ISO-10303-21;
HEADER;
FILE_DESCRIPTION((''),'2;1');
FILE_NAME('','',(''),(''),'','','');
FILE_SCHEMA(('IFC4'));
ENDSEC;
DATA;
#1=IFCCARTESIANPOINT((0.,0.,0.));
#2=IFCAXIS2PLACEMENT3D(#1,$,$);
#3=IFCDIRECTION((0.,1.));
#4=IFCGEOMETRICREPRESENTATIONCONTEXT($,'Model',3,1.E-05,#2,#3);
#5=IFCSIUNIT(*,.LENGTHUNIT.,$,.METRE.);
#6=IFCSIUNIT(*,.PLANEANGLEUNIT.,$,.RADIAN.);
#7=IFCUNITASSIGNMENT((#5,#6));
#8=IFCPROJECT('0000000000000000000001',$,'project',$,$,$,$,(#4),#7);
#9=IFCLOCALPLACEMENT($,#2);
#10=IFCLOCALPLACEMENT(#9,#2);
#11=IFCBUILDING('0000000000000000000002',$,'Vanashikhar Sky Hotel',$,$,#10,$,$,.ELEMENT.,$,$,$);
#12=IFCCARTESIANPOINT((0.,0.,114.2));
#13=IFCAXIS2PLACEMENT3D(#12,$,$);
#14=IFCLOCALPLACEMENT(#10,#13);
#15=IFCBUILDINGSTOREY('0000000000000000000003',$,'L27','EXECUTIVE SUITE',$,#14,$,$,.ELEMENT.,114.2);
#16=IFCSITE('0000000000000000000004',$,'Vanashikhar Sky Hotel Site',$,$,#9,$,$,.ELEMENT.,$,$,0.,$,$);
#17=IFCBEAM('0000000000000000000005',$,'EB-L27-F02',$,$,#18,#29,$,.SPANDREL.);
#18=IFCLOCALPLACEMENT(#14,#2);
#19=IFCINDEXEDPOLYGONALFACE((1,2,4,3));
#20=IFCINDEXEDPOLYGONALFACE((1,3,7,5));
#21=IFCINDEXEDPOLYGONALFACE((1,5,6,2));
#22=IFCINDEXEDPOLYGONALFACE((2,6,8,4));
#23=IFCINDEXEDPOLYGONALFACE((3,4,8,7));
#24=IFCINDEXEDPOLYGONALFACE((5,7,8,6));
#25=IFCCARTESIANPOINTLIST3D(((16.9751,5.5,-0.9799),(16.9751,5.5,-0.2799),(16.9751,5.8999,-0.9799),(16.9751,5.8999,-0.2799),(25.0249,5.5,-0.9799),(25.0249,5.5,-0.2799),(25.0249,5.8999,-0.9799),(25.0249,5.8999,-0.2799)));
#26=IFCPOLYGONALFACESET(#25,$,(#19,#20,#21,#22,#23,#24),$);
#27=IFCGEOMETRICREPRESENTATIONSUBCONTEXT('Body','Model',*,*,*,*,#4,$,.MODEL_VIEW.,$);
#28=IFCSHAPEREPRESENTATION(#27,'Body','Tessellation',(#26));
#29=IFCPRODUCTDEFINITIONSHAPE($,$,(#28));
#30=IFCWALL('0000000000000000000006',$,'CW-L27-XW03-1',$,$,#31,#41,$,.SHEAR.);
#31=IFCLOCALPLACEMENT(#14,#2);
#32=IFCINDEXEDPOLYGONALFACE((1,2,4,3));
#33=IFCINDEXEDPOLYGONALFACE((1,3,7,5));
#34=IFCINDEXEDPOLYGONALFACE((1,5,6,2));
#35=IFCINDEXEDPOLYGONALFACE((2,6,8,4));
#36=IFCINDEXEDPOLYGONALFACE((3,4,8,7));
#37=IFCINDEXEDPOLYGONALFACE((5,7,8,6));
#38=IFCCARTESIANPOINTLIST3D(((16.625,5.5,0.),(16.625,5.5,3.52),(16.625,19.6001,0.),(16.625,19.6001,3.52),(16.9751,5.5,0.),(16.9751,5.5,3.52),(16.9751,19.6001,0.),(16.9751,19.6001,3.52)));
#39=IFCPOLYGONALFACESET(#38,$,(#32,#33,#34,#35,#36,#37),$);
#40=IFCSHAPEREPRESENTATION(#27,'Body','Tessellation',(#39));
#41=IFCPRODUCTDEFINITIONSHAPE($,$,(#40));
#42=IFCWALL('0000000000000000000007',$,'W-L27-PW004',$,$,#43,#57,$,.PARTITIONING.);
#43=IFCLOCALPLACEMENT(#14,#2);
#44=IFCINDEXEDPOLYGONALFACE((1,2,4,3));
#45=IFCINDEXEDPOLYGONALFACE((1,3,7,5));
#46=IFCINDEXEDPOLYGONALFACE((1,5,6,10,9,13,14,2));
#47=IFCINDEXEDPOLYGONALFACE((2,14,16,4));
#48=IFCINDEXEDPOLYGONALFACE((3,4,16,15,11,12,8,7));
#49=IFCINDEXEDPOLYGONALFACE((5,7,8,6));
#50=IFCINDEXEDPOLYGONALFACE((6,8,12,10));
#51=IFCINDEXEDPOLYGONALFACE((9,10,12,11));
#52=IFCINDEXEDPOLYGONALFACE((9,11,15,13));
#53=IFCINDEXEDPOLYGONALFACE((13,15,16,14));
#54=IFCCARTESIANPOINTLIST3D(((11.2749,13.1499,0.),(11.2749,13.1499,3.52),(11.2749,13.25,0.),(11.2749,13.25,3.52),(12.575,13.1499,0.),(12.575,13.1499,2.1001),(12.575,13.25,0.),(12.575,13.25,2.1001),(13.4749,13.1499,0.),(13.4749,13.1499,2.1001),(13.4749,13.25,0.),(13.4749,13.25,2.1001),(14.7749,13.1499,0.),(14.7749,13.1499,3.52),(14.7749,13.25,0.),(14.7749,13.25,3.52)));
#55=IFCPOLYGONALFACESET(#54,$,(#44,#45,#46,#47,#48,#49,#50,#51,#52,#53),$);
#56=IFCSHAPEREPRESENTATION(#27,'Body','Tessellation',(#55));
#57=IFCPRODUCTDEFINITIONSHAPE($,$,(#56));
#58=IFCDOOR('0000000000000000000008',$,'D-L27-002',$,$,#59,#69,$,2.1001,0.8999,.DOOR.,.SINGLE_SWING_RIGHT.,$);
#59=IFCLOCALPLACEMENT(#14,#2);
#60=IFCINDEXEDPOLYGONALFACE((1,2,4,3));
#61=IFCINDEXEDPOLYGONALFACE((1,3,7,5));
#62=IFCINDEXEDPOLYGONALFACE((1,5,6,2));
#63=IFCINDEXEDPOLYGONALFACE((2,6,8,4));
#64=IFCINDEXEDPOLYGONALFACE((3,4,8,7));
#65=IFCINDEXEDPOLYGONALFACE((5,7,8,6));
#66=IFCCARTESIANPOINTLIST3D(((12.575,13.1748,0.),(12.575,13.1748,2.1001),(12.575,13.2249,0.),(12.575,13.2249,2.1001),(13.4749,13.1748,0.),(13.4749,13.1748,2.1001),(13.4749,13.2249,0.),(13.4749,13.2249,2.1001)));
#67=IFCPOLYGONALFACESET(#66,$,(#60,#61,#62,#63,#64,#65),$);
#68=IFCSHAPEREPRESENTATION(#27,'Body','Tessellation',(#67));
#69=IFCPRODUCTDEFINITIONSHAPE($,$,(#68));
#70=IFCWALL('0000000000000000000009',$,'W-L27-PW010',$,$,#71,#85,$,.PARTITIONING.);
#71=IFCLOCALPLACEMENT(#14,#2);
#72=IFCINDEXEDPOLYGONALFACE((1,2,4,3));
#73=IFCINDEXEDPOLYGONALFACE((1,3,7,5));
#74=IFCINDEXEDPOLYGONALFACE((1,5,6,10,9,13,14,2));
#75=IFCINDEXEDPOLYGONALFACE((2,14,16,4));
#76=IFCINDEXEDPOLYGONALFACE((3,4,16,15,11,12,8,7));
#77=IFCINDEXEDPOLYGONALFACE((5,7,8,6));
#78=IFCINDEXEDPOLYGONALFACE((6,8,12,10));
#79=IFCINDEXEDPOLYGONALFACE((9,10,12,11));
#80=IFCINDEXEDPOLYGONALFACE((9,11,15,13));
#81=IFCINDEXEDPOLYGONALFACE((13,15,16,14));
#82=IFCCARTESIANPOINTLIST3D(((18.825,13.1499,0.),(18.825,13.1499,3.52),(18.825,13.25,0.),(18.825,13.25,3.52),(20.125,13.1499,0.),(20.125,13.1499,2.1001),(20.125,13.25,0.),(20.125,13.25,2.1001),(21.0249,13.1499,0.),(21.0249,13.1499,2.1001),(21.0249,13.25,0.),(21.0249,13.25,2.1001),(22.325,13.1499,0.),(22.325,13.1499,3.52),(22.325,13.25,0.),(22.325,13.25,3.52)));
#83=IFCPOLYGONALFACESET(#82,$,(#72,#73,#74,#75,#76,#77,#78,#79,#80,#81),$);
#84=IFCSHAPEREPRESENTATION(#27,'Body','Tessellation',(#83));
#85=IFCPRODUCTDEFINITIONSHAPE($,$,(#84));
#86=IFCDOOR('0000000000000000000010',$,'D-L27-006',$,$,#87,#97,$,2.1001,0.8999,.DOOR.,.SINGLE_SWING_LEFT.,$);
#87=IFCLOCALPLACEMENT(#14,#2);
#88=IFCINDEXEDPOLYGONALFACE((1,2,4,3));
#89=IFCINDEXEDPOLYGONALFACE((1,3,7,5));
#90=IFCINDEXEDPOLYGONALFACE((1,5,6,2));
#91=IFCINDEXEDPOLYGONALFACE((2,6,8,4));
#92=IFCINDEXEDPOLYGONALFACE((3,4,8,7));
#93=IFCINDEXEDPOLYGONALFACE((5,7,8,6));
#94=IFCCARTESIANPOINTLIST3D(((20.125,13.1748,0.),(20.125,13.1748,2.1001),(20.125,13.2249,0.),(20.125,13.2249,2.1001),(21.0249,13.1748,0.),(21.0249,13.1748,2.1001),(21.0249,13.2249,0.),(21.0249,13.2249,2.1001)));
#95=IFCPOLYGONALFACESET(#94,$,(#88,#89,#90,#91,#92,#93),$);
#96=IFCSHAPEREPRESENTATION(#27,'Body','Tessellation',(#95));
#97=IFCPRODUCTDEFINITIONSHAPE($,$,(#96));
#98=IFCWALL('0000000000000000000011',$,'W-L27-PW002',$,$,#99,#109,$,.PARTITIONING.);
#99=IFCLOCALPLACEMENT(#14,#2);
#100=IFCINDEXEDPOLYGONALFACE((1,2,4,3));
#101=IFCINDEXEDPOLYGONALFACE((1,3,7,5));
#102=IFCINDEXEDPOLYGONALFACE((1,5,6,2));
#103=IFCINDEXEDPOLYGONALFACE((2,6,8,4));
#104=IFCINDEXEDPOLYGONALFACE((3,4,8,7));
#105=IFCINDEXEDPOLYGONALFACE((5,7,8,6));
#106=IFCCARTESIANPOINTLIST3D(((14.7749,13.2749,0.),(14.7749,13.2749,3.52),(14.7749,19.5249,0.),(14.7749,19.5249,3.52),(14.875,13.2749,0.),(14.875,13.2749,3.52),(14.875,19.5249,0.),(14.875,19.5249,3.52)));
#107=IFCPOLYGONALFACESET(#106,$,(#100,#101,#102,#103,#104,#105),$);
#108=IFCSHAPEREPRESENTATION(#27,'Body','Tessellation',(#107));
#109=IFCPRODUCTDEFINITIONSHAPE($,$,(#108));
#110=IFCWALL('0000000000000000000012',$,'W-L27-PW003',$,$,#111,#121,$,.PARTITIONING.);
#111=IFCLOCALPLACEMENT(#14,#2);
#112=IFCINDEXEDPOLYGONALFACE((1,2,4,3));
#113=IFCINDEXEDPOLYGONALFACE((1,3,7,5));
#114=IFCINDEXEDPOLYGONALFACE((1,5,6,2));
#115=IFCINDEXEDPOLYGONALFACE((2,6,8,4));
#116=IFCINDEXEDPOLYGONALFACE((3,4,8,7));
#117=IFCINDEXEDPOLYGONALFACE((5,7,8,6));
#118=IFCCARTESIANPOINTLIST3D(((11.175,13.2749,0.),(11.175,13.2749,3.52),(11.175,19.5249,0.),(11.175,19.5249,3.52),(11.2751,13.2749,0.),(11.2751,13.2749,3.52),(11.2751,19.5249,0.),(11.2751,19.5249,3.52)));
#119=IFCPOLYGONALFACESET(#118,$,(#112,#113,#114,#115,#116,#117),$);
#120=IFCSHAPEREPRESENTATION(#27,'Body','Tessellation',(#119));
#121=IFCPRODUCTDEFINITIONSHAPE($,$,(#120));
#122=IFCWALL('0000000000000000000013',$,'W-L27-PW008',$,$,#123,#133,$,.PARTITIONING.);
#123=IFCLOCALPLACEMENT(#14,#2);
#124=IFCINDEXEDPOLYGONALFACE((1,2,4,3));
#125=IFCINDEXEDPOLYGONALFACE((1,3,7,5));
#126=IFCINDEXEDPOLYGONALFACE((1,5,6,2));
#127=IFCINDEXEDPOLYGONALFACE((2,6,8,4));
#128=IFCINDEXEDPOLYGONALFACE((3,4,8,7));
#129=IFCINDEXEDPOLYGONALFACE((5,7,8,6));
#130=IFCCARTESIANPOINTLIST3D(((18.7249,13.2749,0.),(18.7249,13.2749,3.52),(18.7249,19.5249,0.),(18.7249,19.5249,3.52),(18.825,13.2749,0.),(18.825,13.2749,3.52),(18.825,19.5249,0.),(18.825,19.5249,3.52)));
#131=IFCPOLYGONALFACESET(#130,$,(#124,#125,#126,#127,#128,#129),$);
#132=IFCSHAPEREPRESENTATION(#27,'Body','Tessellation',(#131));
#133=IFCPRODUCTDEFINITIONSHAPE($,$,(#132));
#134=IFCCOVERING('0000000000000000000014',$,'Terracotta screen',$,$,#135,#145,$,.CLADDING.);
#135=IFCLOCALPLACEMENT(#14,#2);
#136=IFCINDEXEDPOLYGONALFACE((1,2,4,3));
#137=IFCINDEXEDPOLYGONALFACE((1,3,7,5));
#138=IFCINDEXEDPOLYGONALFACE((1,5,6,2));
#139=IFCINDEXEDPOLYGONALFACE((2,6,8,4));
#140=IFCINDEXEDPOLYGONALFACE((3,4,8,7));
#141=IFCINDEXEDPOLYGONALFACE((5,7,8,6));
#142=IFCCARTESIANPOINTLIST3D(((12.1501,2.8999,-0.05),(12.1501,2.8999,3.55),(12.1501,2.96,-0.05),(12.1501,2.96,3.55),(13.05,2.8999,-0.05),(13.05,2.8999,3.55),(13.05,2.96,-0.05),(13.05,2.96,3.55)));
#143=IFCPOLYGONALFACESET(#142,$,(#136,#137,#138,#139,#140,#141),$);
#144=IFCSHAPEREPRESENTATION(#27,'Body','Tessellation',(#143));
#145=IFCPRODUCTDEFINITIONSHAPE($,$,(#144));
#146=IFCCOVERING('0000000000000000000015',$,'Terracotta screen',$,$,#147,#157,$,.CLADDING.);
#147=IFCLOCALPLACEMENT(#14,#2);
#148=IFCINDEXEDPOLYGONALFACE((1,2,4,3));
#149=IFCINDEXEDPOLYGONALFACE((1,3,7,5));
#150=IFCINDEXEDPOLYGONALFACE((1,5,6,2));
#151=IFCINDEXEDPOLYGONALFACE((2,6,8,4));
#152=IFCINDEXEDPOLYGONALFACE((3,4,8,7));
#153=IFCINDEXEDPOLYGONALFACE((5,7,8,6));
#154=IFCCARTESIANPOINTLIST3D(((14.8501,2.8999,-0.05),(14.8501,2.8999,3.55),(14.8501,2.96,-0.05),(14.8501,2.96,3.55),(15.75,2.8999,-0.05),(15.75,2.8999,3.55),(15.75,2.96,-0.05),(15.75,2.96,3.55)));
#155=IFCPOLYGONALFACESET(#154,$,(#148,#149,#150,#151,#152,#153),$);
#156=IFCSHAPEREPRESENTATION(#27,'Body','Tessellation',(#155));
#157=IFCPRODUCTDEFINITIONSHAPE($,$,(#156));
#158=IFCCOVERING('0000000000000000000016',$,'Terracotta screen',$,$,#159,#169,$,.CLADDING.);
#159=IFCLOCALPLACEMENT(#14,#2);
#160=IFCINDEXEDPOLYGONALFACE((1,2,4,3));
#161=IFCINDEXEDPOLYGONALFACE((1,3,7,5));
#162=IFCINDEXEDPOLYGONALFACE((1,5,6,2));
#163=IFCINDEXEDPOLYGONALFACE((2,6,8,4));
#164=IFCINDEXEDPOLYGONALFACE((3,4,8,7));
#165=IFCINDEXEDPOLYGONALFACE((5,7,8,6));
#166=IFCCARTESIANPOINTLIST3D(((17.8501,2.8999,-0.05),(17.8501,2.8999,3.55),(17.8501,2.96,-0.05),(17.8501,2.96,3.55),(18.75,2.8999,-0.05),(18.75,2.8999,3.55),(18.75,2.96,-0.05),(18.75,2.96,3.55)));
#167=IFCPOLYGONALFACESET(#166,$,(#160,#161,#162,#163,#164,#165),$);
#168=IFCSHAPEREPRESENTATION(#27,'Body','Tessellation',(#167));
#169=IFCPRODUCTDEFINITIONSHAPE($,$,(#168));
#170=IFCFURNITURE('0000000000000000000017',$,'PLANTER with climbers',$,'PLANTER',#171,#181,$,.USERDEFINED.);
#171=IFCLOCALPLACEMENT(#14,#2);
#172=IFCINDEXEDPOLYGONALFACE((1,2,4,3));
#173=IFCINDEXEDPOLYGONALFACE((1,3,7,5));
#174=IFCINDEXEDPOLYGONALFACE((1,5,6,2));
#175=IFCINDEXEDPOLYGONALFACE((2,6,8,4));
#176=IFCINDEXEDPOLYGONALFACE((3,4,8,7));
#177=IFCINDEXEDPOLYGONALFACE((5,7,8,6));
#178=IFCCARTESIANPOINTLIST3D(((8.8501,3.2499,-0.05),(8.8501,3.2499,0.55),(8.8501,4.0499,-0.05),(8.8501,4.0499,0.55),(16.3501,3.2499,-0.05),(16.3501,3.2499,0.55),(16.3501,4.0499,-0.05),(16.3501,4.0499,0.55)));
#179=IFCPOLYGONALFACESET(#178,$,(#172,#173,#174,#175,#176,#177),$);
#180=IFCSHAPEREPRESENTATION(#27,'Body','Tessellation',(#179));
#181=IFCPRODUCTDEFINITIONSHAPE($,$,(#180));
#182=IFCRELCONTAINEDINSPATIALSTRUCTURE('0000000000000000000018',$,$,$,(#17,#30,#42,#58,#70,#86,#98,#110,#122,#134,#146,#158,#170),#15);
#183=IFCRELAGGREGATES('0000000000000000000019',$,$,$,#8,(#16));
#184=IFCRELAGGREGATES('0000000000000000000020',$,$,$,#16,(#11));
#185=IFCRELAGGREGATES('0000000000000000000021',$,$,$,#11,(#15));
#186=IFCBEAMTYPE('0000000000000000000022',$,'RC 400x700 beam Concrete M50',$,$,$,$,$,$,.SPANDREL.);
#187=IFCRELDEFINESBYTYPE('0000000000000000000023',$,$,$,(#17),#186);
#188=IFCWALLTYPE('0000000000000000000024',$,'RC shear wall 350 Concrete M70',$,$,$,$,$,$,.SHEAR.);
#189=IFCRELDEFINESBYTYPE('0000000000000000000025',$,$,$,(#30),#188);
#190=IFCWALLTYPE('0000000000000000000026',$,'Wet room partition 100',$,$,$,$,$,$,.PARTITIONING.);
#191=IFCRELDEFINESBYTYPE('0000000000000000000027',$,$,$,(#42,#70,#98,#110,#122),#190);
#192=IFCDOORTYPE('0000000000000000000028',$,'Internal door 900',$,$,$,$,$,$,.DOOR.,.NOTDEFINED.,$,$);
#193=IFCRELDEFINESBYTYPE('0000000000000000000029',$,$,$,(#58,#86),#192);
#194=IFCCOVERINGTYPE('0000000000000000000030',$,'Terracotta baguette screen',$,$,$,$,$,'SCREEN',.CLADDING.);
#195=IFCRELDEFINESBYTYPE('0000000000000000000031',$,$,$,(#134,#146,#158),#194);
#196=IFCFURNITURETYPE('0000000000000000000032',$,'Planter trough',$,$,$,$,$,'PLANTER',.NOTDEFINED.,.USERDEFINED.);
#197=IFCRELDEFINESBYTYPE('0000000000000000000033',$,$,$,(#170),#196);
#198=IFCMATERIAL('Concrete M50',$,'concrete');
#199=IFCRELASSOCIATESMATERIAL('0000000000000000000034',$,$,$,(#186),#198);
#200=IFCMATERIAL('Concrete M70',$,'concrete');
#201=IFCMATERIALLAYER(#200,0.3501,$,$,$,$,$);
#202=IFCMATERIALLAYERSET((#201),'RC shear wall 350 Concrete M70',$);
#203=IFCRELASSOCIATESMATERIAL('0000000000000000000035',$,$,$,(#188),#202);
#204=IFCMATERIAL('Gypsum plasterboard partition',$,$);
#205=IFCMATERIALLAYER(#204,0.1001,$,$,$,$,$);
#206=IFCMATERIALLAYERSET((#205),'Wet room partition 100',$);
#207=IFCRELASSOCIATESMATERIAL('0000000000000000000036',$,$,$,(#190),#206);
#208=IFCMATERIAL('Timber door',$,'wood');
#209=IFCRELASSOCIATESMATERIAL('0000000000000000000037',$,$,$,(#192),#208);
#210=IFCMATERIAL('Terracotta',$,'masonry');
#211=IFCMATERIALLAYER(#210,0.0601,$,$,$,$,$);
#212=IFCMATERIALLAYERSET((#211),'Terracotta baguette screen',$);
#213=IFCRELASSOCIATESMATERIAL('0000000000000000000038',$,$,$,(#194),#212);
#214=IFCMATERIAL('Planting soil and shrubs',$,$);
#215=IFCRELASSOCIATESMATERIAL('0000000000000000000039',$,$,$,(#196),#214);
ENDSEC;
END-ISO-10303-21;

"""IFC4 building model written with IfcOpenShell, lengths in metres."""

from ifc_helpers import new_model, si_unit, direction, frame, frame_2d, origin, origin_2d, place, context, subcontext, project, spatial, rectangle, extrude, source, transform, mapped, material, layer, layer_set, material_profile, profile_set, type_object, element, fill, save


model = new_model("IFC4")

# Units and contexts
model_context = context("Model", 3, precision=1e-05, world=origin(), true_north=direction((0.0, 1.0)))
body_context = subcontext(model_context, "Body", "Model", "MODEL_VIEW")
ifc_project = project(units=[si_unit("LENGTHUNIT", "METRE"), si_unit("PLANEANGLEUNIT", "RADIAN")], contexts=[model_context])

# Site, building, storey
site_placement = place(None, origin())
site = spatial("IfcSite", under=ifc_project, at=site_placement, Name="Vanashikhar Sky Hotel Site", CompositionType="ELEMENT", RefElevation=0.0)
building_placement = place(site_placement, origin())
building = spatial("IfcBuilding", under=site, at=building_placement, Name="Vanashikhar Sky Hotel", CompositionType="ELEMENT")
storey_placement = place(building_placement, frame((0.0, 0.0, 114.2)))
storey = spatial("IfcBuildingStorey", under=building, at=storey_placement, Name="L27", Description="EXECUTIVE SUITE", CompositionType="ELEMENT", Elevation=114.2)

# Beam
ifc_material_1 = material(Name="Concrete M50", Category="concrete")
ifc_material_profile = material_profile(ifc_material_1, rectangle(XDim=0.3999, YDim=0.7, at=origin_2d()))
ifc_profile_set = profile_set([ifc_material_profile], Name="RC 400x700 beam Concrete M50")
beam_type = type_object("IfcBeamType", Name="RC 400x700 beam Concrete M50", PredefinedType="SPANDREL", material=ifc_profile_set)
shared_shape_1 = source(origin(), body_context, "Body", "SweptSolid", [
    extrude(rectangle(XDim=0.3999, YDim=0.7, at=origin_2d()), origin(), (0.0, 0.0, 1.0), 8.0498),
])
beam_placement = place(storey_placement, frame((16.9751, 5.7, -0.6299), z_axis=(1.0, 0.0, 0.0), x_axis=(0.0, 1.0, 0.0)))
element("IfcBeam", 1, at=beam_placement, inside=storey, type_object=beam_type, Name="EB-L27-F02", PredefinedType="SPANDREL", context=body_context, shape_type="MappedRepresentation", body=[
    mapped(shared_shape_1, transform((0.0, 0.0, 0.0), scale=1.0)),
])

# Wall
ifc_material_2 = material(Name="Concrete M70", Category="concrete")
ifc_layer_1 = layer(ifc_material_2, 0.3501)
ifc_layer_set_1 = layer_set([ifc_layer_1], Name="RC shear wall 350 Concrete M70")
wall_type_1 = type_object("IfcWallType", Name="RC shear wall 350 Concrete M70", PredefinedType="SHEAR", material=ifc_layer_set_1)
shared_shape_2 = source(origin(), body_context, "Body", "SweptSolid", [
    extrude(rectangle(XDim=14.1001, YDim=0.3501, at=frame_2d((7.05, 0.0))), origin(), (0.0, 0.0, 1.0), 3.52),
])
wall_1_placement = place(storey_placement, frame((16.8, 5.5, 0.0), z_axis=(0.0, 0.0, 1.0), x_axis=(0.0, 1.0, 0.0)))
element("IfcWall", 2, at=wall_1_placement, inside=storey, type_object=wall_type_1, Name="CW-L27-XW03-1", PredefinedType="SHEAR", context=body_context, shape_type="MappedRepresentation", body=[
    mapped(shared_shape_2, transform((0.0, 0.0, 0.0), scale=1.0)),
])

# Walls, openings, doors
ifc_material_3 = material(Name="Gypsum plasterboard partition")
ifc_layer_2 = layer(ifc_material_3, 0.1001)
ifc_layer_set_2 = layer_set([ifc_layer_2], Name="Wet room partition 100")
wall_type_2 = type_object("IfcWallType", Name="Wet room partition 100", PredefinedType="PARTITIONING", material=ifc_layer_set_2)
shared_shape_3 = source(origin(), body_context, "Body", "SweptSolid", [
    extrude(rectangle(XDim=3.5, YDim=0.1001, at=frame_2d((1.75, 0.0))), origin(), (0.0, 0.0, 1.0), 3.52),
])
wall_2_placement = place(storey_placement, frame((11.2749, 13.2, 0.0), z_axis=(0.0, 0.0, 1.0), x_axis=(1.0, 0.0, 0.0)))
wall_2 = element("IfcWall", 3, at=wall_2_placement, inside=storey, type_object=wall_type_2, Name="W-L27-PW004", PredefinedType="PARTITIONING", context=body_context, shape_type="MappedRepresentation", body=[
    mapped(shared_shape_3, transform((0.0, 0.0, 0.0), scale=1.0)),
])
shared_shape_4 = source(origin(), body_context, "Body", "SweptSolid", [
    extrude(rectangle(XDim=0.8999, YDim=2.1001, at=frame_2d((0.45, 1.05))), frame((0.0, 0.0601, 0.0), z_axis=(0.0, -1.0, 0.0), x_axis=(1.0, 0.0, 0.0)), (0.0, 0.0, 1.0), 0.1201),
])
opening_1_placement = place(wall_2_placement, frame((1.3, 0.0, 0.0)))
opening_1 = element("IfcOpeningElement", 4, at=opening_1_placement, cuts=wall_2, PredefinedType="OPENING", context=body_context, shape_type="MappedRepresentation", body=[
    mapped(shared_shape_4, transform((0.0, 0.0, 0.0), scale=1.0)),
])
ifc_material_4 = material(Name="Timber door", Category="wood")
door_type_1 = type_object("IfcDoorType", Name="Internal door 900", OperationType="NOTDEFINED", PredefinedType="DOOR", material=ifc_material_4)
shared_shape_5 = source(origin(), body_context, "Body", "SweptSolid", [
    extrude(rectangle(XDim=0.8999, YDim=2.1001, at=frame_2d((0.45, 1.05))), frame((0.0, 0.0249, 0.0), z_axis=(0.0, -1.0, 0.0), x_axis=(1.0, 0.0, 0.0)), (0.0, 0.0, 1.0), 0.05),
])
door_1_placement = place(opening_1_placement, origin())
door_1 = element("IfcDoor", 5, at=door_1_placement, inside=storey, type_object=door_type_1, Name="D-L27-002", OperationType="SINGLE_SWING_RIGHT", OverallHeight=2.1001, OverallWidth=0.8999, PredefinedType="DOOR", context=body_context, shape_type="MappedRepresentation", body=[
    mapped(shared_shape_5, transform((0.0, 0.0, 0.0), scale=1.0)),
])
fill(opening_1, door_1)
wall_3_placement = place(storey_placement, frame((18.825, 13.2, 0.0), z_axis=(0.0, 0.0, 1.0), x_axis=(1.0, 0.0, 0.0)))
wall_3 = element("IfcWall", 6, at=wall_3_placement, inside=storey, type_object=wall_type_2, Name="W-L27-PW010", PredefinedType="PARTITIONING", context=body_context, shape_type="MappedRepresentation", body=[
    mapped(shared_shape_3, transform((0.0, 0.0, 0.0), scale=1.0)),
])
opening_2_placement = place(wall_3_placement, frame((1.3, 0.0, 0.0)))
opening_2 = element("IfcOpeningElement", 7, at=opening_2_placement, cuts=wall_3, PredefinedType="OPENING", context=body_context, shape_type="MappedRepresentation", body=[
    mapped(shared_shape_4, transform((0.0, 0.0, 0.0), scale=1.0)),
])
door_2_placement = place(opening_2_placement, origin())
door_2 = element("IfcDoor", 8, at=door_2_placement, inside=storey, type_object=door_type_1, Name="D-L27-006", OperationType="SINGLE_SWING_LEFT", OverallHeight=2.1001, OverallWidth=0.8999, PredefinedType="DOOR", context=body_context, shape_type="MappedRepresentation", body=[
    mapped(shared_shape_5, transform((0.0, 0.0, 0.0), scale=1.0)),
])
fill(opening_2, door_2)

# Walls
shared_shape_6 = source(origin(), body_context, "Body", "SweptSolid", [
    extrude(rectangle(XDim=6.25, YDim=0.1001, at=frame_2d((3.125, 0.0))), origin(), (0.0, 0.0, 1.0), 3.52),
])
for number, where, z_axis, x_axis, name in (
    (9, (14.825, 13.2749, 0.0), (0.0, 0.0, 1.0), (0.0, 1.0, 0.0), "W-L27-PW002"),
    (10, (11.2251, 13.2749, 0.0), (0.0, 0.0, 1.0), (0.0, 1.0, 0.0), "W-L27-PW003"),
    (11, (18.7749, 13.2749, 0.0), (0.0, 0.0, 1.0), (0.0, 1.0, 0.0), "W-L27-PW008"),
):
    element("IfcWall", number, at=place(storey_placement, frame(where, z_axis=z_axis, x_axis=x_axis)), inside=storey, type_object=wall_type_2, Name=name, PredefinedType="PARTITIONING", context=body_context, shape_type="MappedRepresentation", body=[
        mapped(shared_shape_6, transform((0.0, 0.0, 0.0), scale=1.0)),
    ])

# Coverings
ifc_material_5 = material(Name="Terracotta", Category="masonry")
ifc_layer_3 = layer(ifc_material_5, 0.0601)
ifc_layer_set_3 = layer_set([ifc_layer_3], Name="Terracotta baguette screen")
covering_type = type_object("IfcCoveringType", Name="Terracotta baguette screen", ElementType="SCREEN", PredefinedType="CLADDING", material=ifc_layer_set_3)
shared_shape_7 = source(origin(), body_context, "Body", "SweptSolid", [
    extrude(rectangle(XDim=0.8999, YDim=0.0601, at=origin_2d()), origin(), (0.0, 0.0, 1.0), 3.6001),
])
for number, where, z_axis, x_axis, name in (
    (12, (12.6001, 2.9299, -0.05), (0.0, 0.0, 1.0), (1.0, 0.0, 0.0), "Terracotta screen"),
    (13, (15.3, 2.9299, -0.05), (0.0, 0.0, 1.0), (1.0, 0.0, 0.0), "Terracotta screen"),
    (14, (18.3, 2.9299, -0.05), (0.0, 0.0, 1.0), (1.0, 0.0, 0.0), "Terracotta screen"),
):
    element("IfcCovering", number, at=place(storey_placement, frame(where, z_axis=z_axis, x_axis=x_axis)), inside=storey, type_object=covering_type, Name=name, PredefinedType="CLADDING", context=body_context, shape_type="MappedRepresentation", body=[
        mapped(shared_shape_7, transform((0.0, 0.0, 0.0), scale=1.0)),
    ])

# Furniture
ifc_material_6 = material(Name="Planting soil and shrubs")
furniture_type = type_object("IfcFurnitureType", Name="Planter trough", ElementType="PLANTER", AssemblyPlace="NOTDEFINED", PredefinedType="USERDEFINED", material=ifc_material_6)
shared_shape_8 = source(origin(), body_context, "Body", "SweptSolid", [
    extrude(rectangle(XDim=7.5, YDim=0.8, at=origin_2d()), origin(), (0.0, 0.0, 1.0), 0.6001),
])
furniture_placement = place(storey_placement, frame((12.6001, 3.6499, -0.05), z_axis=(0.0, 0.0, 1.0), x_axis=(1.0, 0.0, 0.0)))
element("IfcFurniture", 15, at=furniture_placement, inside=storey, type_object=furniture_type, Name="PLANTER with climbers", ObjectType="PLANTER", PredefinedType="USERDEFINED", context=body_context, shape_type="MappedRepresentation", body=[
    mapped(shared_shape_8, transform((0.0, 0.0, 0.0), scale=1.0)),
])

save(model, "model.ifc")
